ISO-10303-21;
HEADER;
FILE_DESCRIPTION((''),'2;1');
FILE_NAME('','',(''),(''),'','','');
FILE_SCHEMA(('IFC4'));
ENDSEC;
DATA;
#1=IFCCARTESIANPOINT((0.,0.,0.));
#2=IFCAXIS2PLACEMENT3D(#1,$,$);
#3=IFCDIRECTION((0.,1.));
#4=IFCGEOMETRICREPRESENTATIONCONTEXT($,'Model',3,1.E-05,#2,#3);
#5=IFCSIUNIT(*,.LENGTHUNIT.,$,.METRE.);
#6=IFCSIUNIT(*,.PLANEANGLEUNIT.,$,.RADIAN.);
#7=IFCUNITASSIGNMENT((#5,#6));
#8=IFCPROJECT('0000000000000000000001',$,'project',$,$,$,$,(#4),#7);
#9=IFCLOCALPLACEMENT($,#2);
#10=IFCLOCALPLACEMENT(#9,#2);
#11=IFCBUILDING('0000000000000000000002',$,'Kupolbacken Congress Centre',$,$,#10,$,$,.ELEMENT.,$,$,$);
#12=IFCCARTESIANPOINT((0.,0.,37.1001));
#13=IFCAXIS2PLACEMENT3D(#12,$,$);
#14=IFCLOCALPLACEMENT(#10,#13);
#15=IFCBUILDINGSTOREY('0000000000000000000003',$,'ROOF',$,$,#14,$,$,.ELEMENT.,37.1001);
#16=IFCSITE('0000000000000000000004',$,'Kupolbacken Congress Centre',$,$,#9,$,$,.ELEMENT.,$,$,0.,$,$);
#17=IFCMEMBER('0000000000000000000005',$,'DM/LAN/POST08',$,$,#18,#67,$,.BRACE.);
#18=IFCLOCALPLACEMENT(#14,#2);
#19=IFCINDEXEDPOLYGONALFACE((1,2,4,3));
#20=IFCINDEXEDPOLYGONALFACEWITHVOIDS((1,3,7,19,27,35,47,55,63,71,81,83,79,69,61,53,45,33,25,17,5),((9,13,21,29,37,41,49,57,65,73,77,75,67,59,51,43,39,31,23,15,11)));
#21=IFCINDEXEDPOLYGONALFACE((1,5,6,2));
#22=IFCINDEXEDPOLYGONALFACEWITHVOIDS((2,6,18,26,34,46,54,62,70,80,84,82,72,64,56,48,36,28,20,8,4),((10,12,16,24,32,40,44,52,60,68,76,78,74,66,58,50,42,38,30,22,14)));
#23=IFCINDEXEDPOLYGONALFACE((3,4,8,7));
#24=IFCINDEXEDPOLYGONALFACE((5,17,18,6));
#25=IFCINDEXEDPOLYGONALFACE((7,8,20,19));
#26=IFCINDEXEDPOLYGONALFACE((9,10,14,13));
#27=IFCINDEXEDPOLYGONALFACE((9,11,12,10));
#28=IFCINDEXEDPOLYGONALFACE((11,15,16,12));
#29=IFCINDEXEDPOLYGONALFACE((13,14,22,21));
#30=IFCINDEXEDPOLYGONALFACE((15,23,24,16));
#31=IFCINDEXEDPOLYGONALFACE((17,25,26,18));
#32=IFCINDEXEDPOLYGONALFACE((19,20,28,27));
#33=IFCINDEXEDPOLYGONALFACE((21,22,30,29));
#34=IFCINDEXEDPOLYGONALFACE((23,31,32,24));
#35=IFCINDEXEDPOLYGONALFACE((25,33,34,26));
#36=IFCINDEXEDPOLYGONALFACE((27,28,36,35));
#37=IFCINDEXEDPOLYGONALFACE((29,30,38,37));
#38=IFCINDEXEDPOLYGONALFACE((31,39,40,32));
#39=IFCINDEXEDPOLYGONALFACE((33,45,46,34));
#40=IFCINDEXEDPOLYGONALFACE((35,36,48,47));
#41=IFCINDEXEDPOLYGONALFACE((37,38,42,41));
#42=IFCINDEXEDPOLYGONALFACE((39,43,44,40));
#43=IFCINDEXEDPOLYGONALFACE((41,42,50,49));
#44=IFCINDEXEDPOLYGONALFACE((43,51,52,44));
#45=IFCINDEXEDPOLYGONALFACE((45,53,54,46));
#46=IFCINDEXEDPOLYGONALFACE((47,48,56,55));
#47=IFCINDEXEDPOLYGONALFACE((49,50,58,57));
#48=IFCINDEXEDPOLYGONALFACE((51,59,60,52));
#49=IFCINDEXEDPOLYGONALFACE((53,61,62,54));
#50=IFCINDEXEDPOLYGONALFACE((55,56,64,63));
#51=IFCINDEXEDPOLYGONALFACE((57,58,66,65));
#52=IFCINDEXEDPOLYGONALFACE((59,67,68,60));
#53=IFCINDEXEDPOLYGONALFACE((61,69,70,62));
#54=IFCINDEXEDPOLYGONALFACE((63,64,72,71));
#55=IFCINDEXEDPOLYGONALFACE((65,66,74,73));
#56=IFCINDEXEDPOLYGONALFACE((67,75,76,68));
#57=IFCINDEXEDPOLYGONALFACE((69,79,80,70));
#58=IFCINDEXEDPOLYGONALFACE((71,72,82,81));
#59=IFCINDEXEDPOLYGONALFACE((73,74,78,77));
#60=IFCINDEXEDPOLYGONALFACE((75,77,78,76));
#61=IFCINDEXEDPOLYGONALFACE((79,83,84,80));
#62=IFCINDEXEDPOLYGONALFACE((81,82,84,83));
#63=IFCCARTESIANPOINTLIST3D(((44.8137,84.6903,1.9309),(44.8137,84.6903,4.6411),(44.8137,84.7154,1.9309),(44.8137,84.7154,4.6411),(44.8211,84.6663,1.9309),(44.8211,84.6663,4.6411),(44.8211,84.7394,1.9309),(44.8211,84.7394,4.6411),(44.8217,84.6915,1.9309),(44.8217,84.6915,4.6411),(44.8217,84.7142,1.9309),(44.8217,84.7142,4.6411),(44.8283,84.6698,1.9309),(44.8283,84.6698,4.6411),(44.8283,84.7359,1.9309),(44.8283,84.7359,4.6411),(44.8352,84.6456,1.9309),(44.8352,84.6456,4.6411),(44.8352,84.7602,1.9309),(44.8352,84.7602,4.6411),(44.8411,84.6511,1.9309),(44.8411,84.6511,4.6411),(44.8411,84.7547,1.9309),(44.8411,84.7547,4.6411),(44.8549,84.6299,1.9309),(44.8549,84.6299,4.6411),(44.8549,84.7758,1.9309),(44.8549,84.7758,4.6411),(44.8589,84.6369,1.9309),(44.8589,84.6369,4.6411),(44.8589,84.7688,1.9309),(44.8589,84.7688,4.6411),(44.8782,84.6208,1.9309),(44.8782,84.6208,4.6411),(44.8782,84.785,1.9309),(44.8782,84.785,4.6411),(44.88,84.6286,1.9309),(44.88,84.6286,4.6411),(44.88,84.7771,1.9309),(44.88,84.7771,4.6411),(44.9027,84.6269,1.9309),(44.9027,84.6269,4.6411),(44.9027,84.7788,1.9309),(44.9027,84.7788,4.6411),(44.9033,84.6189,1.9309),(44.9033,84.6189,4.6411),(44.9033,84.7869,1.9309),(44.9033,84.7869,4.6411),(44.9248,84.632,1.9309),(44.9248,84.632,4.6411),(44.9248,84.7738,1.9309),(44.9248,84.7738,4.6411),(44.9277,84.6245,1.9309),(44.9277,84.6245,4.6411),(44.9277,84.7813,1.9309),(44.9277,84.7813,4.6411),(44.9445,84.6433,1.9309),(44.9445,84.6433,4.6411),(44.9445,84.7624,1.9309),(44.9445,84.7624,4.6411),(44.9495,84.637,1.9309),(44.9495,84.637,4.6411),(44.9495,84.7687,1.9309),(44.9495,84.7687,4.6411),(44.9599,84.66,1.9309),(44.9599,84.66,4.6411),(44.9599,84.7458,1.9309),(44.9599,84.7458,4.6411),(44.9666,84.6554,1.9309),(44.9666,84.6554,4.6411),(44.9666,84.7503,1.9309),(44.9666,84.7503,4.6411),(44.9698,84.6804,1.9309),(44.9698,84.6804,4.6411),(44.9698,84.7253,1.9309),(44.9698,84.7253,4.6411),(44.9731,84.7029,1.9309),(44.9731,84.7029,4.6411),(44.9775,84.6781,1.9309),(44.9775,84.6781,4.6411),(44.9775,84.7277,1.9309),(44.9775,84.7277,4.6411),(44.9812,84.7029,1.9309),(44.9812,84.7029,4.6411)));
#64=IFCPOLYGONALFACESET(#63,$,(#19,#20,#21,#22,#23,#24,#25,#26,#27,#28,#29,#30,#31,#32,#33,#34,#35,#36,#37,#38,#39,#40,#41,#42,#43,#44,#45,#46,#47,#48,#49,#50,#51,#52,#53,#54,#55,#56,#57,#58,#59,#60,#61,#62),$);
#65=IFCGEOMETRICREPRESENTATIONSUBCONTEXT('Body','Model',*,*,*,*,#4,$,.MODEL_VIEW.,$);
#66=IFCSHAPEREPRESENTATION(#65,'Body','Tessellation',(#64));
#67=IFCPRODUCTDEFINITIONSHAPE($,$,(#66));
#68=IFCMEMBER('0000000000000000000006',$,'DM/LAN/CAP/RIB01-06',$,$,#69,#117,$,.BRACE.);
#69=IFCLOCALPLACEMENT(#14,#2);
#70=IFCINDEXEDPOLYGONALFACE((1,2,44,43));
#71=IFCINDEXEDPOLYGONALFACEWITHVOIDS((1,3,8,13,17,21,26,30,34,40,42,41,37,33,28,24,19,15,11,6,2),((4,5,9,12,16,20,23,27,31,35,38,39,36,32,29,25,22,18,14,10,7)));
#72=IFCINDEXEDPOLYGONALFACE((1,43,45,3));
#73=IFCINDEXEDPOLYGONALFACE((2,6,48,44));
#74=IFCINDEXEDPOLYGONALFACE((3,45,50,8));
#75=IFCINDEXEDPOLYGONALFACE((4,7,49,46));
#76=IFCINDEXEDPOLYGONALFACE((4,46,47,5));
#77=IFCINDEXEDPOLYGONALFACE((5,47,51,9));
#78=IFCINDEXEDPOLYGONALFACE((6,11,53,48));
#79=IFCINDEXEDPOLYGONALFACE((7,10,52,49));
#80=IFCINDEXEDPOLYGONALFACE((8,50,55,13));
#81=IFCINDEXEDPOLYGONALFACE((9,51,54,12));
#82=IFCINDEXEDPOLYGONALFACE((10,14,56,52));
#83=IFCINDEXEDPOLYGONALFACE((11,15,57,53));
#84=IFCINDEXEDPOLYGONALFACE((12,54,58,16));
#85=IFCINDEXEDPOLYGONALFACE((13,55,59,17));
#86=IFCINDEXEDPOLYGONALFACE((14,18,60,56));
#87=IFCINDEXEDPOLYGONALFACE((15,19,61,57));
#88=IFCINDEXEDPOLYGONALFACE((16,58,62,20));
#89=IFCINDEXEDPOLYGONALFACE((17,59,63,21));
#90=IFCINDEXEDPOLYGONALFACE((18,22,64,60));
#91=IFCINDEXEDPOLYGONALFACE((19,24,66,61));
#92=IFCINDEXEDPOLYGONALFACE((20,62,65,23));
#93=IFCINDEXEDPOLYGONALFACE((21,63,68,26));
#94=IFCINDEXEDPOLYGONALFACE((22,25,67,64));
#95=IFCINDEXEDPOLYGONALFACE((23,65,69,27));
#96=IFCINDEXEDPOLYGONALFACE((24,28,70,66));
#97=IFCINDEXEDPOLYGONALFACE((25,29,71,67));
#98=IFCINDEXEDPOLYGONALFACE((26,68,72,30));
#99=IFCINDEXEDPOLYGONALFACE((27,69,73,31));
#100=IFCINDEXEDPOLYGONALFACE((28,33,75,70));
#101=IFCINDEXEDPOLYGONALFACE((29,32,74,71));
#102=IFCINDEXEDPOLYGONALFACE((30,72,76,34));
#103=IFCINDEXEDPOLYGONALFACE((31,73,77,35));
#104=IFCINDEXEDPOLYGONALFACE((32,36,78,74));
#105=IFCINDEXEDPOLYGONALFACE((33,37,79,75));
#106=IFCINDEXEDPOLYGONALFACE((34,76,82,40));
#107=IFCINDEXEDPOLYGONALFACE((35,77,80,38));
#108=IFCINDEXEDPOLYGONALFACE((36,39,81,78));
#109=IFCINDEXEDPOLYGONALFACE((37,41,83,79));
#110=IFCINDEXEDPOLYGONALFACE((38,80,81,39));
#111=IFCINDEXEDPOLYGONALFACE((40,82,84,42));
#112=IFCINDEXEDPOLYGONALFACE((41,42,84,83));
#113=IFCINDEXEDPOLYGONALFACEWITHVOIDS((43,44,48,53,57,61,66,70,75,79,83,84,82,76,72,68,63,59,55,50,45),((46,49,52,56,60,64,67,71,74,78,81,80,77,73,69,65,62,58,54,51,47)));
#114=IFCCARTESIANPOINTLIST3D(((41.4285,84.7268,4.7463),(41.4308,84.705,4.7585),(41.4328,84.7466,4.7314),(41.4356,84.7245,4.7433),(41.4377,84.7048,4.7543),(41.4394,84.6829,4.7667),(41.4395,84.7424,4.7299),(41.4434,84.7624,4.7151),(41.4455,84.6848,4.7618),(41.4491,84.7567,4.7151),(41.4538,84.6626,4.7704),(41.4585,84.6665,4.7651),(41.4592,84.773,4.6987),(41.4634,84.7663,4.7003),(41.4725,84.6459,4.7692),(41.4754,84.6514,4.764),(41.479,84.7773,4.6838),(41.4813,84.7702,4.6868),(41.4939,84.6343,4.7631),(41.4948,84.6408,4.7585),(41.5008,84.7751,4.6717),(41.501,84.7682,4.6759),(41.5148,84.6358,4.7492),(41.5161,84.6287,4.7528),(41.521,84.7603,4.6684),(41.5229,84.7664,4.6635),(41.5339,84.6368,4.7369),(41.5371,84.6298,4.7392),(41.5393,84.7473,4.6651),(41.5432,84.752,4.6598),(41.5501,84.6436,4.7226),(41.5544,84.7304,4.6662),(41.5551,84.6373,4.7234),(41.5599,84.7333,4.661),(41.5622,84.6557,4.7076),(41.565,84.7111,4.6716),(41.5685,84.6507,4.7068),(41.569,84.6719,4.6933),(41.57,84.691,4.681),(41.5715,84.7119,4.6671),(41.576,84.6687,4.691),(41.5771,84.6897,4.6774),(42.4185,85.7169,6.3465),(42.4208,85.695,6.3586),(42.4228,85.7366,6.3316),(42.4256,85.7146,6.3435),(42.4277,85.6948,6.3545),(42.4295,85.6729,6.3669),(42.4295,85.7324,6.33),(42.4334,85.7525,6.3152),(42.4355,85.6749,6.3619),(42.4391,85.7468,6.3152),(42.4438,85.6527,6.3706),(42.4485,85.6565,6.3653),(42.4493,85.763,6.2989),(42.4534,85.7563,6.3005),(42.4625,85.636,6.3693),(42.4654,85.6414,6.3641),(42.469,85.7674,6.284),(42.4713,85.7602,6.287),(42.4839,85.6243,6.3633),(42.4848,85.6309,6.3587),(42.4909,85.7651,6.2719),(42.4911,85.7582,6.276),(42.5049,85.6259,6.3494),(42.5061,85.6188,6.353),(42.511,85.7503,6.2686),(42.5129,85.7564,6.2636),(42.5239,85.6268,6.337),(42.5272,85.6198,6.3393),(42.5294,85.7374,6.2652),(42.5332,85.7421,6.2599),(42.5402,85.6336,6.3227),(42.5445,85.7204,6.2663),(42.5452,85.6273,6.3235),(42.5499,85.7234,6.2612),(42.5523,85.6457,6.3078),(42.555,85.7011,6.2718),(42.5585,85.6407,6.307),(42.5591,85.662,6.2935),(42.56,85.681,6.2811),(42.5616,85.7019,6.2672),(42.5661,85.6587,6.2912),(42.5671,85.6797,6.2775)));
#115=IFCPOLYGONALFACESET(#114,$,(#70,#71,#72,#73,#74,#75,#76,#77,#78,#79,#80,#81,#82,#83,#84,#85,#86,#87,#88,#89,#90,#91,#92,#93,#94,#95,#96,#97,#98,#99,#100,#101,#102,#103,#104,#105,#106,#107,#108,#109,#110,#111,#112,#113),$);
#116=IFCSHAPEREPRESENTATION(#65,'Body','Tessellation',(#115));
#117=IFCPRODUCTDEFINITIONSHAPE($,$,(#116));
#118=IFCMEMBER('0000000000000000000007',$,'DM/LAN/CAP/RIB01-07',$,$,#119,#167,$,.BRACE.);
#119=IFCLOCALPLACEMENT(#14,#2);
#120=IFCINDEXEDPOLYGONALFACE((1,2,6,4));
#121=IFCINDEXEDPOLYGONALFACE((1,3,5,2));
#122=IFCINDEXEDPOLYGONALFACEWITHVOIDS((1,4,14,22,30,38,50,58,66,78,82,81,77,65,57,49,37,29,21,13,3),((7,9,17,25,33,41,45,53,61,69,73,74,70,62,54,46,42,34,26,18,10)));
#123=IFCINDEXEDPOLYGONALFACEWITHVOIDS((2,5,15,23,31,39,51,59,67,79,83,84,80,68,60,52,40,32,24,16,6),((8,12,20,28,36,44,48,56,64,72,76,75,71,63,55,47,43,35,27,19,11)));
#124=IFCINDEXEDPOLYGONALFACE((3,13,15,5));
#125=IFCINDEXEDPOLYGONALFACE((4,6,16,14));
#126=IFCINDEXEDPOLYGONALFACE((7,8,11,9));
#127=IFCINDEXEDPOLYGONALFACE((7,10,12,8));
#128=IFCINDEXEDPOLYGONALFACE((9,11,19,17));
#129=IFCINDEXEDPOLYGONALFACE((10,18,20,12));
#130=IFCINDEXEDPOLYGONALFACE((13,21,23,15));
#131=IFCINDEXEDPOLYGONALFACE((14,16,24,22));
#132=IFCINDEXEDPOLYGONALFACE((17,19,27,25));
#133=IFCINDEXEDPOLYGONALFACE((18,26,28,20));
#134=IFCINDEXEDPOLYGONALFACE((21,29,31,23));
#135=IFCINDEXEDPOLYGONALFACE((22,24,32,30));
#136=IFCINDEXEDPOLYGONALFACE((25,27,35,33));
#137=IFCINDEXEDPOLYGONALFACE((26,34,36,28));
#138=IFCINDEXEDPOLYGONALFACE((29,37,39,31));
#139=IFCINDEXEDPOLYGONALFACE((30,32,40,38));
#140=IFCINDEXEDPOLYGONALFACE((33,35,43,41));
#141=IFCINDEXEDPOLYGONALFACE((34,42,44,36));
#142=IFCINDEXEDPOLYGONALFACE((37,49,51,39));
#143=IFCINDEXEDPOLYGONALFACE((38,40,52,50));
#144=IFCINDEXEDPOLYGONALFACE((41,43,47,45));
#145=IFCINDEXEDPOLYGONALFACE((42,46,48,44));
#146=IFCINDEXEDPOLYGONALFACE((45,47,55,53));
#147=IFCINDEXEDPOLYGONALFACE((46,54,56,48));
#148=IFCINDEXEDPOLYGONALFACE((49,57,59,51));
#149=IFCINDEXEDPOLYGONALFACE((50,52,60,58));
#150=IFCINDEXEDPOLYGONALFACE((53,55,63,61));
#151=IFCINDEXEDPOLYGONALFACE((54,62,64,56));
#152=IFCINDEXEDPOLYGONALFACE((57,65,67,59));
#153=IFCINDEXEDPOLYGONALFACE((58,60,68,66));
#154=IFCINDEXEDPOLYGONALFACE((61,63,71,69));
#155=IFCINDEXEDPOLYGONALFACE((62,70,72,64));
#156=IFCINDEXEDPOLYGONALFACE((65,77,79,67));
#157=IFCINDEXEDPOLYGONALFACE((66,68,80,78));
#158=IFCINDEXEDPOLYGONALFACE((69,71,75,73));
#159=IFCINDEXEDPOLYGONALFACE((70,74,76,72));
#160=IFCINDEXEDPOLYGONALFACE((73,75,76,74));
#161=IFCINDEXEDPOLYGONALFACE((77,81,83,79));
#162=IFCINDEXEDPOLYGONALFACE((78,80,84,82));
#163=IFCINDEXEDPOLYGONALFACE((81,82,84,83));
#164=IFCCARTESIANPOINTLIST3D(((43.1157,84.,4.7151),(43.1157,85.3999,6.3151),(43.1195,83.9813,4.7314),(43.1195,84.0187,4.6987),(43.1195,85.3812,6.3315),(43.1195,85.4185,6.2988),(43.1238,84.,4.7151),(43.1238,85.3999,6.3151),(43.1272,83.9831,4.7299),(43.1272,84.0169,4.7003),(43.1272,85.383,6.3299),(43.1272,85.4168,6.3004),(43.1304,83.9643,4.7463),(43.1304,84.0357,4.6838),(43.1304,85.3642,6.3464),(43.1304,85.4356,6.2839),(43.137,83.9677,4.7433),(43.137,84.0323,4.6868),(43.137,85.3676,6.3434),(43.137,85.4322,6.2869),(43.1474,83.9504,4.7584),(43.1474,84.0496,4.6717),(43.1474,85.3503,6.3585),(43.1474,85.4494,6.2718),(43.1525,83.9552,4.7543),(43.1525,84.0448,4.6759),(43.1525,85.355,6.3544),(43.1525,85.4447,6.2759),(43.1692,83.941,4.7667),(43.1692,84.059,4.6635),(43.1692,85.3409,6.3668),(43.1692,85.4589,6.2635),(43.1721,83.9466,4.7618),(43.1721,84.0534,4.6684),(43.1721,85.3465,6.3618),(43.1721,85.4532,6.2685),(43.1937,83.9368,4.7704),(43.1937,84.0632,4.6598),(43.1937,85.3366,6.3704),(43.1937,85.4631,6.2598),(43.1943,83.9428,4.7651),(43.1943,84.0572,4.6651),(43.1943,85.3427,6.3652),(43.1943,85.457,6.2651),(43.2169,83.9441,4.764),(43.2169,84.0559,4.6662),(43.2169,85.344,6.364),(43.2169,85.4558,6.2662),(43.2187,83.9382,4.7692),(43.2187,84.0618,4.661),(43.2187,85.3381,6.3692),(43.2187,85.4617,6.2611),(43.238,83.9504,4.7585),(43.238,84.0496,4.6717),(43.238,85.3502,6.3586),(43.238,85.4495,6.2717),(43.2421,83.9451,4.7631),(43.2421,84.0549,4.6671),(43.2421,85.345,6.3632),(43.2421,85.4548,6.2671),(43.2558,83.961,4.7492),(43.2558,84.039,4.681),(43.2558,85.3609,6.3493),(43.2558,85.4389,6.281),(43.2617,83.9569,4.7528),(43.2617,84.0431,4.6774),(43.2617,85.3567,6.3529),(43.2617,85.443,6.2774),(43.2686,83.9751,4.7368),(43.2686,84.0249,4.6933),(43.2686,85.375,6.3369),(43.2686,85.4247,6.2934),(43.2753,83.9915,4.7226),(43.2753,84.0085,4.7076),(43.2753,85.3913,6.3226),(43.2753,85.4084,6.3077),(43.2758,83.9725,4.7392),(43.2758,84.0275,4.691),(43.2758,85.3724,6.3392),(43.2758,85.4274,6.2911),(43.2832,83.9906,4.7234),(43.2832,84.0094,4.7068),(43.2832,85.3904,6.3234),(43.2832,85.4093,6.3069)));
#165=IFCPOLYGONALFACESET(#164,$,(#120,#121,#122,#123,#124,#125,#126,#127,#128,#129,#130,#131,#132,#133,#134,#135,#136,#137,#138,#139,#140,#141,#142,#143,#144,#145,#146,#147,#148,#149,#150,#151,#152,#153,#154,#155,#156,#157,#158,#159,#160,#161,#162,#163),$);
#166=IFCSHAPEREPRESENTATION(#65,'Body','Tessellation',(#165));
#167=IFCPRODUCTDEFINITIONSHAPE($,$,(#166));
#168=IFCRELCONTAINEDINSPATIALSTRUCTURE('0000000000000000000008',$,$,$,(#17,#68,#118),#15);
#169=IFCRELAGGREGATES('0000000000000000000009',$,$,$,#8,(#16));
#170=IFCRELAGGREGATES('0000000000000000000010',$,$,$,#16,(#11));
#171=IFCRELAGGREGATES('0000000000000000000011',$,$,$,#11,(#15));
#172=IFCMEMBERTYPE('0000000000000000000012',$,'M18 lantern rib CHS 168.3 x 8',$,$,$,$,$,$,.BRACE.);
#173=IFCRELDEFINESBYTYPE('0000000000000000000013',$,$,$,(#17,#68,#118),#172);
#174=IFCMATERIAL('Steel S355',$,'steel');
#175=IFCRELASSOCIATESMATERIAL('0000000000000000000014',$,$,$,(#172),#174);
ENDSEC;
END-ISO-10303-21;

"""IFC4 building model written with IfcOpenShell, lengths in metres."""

from ifc_helpers import new_model, si_unit, direction, frame, origin, origin_2d, place, context, subcontext, project, spatial, hollow_circle, extrude, material, material_profile, profile_set, type_object, element, save


model = new_model("IFC4")

# Units and contexts
model_context = context("Model", 3, precision=1e-05, world=origin(), true_north=direction((0.0, 1.0)))
body_context = subcontext(model_context, "Body", "Model", "MODEL_VIEW")
ifc_project = project(units=[si_unit("LENGTHUNIT", "METRE"), si_unit("PLANEANGLEUNIT", "RADIAN")], contexts=[model_context])

# Site, building, storey
site_placement = place(None, origin())
site = spatial("IfcSite", under=ifc_project, at=site_placement, Name="Kupolbacken Congress Centre", CompositionType="ELEMENT", RefElevation=0.0)
building_placement = place(site_placement, origin())
building = spatial("IfcBuilding", under=site, at=building_placement, Name="Kupolbacken Congress Centre", CompositionType="ELEMENT")
storey_placement = place(building_placement, frame((0.0, 0.0, 37.1001)))
storey = spatial("IfcBuildingStorey", under=building, at=storey_placement, Name="ROOF", CompositionType="ELEMENT", Elevation=37.1001)

# Members
ifc_material_1 = material(Name="Steel S355", Category="steel")
ifc_material_profile_1 = material_profile(ifc_material_1, hollow_circle(Radius=0.0842, WallThickness=0.0081, at=origin_2d()), Name="CHS 168.3 x 8")
ifc_profile_set_1 = profile_set([ifc_material_profile_1], Name="Steel S355")
member_type_1 = type_object("IfcMemberType", Name="M18 lantern rib CHS 168.3 x 8", PredefinedType="BRACE", material=ifc_profile_set_1)
for number, where, z_axis, x_axis, name in (
    (1, (44.897, 84.7029, 1.9309), (0.0, 0.0, 1.0), (1.0, 0.0, 0.0), "DM/LAN/POST08"),
):
    element("IfcMember", number, at=place(storey_placement, frame(where, z_axis=z_axis, x_axis=x_axis)), inside=storey, type_object=member_type_1, Name=name, PredefinedType="BRACE", context=body_context, shape_type="SweptSolid", body=[
        extrude(hollow_circle(Radius=0.0842, WallThickness=0.0081, at=origin_2d()), origin(), (0.0, 0.0, 1.0), 2.7102),
    ])
member_1_placement = place(storey_placement, frame((41.5029, 84.7029, 4.7151), z_axis=(0.465628, 0.465628, 0.752583), x_axis=(-0.707107, 0.707107, 0.0)))
element("IfcMember", 2, at=member_1_placement, inside=storey, type_object=member_type_1, Name="DM/LAN/CAP/RIB01-06", PredefinedType="BRACE", context=body_context, shape_type="SweptSolid", body=[
    extrude(hollow_circle(Radius=0.0842, WallThickness=0.0081, at=origin_2d()), origin(), (0.0, 0.0, 1.0), 2.1262),
])
for number, where, z_axis, x_axis, name in (
    (3, (43.2, 84.0, 4.7151), (0.0, 0.658456, 0.752619), (-1.0, 0.0, 0.0), "DM/LAN/CAP/RIB01-07"),
):
    element("IfcMember", number, at=place(storey_placement, frame(where, z_axis=z_axis, x_axis=x_axis)), inside=storey, type_object=member_type_1, Name=name, PredefinedType="BRACE", context=body_context, shape_type="SweptSolid", body=[
        extrude(hollow_circle(Radius=0.0842, WallThickness=0.0081, at=origin_2d()), origin(), (0.0, 0.0, 1.0), 2.126),
    ])

save(model, "model.ifc")
